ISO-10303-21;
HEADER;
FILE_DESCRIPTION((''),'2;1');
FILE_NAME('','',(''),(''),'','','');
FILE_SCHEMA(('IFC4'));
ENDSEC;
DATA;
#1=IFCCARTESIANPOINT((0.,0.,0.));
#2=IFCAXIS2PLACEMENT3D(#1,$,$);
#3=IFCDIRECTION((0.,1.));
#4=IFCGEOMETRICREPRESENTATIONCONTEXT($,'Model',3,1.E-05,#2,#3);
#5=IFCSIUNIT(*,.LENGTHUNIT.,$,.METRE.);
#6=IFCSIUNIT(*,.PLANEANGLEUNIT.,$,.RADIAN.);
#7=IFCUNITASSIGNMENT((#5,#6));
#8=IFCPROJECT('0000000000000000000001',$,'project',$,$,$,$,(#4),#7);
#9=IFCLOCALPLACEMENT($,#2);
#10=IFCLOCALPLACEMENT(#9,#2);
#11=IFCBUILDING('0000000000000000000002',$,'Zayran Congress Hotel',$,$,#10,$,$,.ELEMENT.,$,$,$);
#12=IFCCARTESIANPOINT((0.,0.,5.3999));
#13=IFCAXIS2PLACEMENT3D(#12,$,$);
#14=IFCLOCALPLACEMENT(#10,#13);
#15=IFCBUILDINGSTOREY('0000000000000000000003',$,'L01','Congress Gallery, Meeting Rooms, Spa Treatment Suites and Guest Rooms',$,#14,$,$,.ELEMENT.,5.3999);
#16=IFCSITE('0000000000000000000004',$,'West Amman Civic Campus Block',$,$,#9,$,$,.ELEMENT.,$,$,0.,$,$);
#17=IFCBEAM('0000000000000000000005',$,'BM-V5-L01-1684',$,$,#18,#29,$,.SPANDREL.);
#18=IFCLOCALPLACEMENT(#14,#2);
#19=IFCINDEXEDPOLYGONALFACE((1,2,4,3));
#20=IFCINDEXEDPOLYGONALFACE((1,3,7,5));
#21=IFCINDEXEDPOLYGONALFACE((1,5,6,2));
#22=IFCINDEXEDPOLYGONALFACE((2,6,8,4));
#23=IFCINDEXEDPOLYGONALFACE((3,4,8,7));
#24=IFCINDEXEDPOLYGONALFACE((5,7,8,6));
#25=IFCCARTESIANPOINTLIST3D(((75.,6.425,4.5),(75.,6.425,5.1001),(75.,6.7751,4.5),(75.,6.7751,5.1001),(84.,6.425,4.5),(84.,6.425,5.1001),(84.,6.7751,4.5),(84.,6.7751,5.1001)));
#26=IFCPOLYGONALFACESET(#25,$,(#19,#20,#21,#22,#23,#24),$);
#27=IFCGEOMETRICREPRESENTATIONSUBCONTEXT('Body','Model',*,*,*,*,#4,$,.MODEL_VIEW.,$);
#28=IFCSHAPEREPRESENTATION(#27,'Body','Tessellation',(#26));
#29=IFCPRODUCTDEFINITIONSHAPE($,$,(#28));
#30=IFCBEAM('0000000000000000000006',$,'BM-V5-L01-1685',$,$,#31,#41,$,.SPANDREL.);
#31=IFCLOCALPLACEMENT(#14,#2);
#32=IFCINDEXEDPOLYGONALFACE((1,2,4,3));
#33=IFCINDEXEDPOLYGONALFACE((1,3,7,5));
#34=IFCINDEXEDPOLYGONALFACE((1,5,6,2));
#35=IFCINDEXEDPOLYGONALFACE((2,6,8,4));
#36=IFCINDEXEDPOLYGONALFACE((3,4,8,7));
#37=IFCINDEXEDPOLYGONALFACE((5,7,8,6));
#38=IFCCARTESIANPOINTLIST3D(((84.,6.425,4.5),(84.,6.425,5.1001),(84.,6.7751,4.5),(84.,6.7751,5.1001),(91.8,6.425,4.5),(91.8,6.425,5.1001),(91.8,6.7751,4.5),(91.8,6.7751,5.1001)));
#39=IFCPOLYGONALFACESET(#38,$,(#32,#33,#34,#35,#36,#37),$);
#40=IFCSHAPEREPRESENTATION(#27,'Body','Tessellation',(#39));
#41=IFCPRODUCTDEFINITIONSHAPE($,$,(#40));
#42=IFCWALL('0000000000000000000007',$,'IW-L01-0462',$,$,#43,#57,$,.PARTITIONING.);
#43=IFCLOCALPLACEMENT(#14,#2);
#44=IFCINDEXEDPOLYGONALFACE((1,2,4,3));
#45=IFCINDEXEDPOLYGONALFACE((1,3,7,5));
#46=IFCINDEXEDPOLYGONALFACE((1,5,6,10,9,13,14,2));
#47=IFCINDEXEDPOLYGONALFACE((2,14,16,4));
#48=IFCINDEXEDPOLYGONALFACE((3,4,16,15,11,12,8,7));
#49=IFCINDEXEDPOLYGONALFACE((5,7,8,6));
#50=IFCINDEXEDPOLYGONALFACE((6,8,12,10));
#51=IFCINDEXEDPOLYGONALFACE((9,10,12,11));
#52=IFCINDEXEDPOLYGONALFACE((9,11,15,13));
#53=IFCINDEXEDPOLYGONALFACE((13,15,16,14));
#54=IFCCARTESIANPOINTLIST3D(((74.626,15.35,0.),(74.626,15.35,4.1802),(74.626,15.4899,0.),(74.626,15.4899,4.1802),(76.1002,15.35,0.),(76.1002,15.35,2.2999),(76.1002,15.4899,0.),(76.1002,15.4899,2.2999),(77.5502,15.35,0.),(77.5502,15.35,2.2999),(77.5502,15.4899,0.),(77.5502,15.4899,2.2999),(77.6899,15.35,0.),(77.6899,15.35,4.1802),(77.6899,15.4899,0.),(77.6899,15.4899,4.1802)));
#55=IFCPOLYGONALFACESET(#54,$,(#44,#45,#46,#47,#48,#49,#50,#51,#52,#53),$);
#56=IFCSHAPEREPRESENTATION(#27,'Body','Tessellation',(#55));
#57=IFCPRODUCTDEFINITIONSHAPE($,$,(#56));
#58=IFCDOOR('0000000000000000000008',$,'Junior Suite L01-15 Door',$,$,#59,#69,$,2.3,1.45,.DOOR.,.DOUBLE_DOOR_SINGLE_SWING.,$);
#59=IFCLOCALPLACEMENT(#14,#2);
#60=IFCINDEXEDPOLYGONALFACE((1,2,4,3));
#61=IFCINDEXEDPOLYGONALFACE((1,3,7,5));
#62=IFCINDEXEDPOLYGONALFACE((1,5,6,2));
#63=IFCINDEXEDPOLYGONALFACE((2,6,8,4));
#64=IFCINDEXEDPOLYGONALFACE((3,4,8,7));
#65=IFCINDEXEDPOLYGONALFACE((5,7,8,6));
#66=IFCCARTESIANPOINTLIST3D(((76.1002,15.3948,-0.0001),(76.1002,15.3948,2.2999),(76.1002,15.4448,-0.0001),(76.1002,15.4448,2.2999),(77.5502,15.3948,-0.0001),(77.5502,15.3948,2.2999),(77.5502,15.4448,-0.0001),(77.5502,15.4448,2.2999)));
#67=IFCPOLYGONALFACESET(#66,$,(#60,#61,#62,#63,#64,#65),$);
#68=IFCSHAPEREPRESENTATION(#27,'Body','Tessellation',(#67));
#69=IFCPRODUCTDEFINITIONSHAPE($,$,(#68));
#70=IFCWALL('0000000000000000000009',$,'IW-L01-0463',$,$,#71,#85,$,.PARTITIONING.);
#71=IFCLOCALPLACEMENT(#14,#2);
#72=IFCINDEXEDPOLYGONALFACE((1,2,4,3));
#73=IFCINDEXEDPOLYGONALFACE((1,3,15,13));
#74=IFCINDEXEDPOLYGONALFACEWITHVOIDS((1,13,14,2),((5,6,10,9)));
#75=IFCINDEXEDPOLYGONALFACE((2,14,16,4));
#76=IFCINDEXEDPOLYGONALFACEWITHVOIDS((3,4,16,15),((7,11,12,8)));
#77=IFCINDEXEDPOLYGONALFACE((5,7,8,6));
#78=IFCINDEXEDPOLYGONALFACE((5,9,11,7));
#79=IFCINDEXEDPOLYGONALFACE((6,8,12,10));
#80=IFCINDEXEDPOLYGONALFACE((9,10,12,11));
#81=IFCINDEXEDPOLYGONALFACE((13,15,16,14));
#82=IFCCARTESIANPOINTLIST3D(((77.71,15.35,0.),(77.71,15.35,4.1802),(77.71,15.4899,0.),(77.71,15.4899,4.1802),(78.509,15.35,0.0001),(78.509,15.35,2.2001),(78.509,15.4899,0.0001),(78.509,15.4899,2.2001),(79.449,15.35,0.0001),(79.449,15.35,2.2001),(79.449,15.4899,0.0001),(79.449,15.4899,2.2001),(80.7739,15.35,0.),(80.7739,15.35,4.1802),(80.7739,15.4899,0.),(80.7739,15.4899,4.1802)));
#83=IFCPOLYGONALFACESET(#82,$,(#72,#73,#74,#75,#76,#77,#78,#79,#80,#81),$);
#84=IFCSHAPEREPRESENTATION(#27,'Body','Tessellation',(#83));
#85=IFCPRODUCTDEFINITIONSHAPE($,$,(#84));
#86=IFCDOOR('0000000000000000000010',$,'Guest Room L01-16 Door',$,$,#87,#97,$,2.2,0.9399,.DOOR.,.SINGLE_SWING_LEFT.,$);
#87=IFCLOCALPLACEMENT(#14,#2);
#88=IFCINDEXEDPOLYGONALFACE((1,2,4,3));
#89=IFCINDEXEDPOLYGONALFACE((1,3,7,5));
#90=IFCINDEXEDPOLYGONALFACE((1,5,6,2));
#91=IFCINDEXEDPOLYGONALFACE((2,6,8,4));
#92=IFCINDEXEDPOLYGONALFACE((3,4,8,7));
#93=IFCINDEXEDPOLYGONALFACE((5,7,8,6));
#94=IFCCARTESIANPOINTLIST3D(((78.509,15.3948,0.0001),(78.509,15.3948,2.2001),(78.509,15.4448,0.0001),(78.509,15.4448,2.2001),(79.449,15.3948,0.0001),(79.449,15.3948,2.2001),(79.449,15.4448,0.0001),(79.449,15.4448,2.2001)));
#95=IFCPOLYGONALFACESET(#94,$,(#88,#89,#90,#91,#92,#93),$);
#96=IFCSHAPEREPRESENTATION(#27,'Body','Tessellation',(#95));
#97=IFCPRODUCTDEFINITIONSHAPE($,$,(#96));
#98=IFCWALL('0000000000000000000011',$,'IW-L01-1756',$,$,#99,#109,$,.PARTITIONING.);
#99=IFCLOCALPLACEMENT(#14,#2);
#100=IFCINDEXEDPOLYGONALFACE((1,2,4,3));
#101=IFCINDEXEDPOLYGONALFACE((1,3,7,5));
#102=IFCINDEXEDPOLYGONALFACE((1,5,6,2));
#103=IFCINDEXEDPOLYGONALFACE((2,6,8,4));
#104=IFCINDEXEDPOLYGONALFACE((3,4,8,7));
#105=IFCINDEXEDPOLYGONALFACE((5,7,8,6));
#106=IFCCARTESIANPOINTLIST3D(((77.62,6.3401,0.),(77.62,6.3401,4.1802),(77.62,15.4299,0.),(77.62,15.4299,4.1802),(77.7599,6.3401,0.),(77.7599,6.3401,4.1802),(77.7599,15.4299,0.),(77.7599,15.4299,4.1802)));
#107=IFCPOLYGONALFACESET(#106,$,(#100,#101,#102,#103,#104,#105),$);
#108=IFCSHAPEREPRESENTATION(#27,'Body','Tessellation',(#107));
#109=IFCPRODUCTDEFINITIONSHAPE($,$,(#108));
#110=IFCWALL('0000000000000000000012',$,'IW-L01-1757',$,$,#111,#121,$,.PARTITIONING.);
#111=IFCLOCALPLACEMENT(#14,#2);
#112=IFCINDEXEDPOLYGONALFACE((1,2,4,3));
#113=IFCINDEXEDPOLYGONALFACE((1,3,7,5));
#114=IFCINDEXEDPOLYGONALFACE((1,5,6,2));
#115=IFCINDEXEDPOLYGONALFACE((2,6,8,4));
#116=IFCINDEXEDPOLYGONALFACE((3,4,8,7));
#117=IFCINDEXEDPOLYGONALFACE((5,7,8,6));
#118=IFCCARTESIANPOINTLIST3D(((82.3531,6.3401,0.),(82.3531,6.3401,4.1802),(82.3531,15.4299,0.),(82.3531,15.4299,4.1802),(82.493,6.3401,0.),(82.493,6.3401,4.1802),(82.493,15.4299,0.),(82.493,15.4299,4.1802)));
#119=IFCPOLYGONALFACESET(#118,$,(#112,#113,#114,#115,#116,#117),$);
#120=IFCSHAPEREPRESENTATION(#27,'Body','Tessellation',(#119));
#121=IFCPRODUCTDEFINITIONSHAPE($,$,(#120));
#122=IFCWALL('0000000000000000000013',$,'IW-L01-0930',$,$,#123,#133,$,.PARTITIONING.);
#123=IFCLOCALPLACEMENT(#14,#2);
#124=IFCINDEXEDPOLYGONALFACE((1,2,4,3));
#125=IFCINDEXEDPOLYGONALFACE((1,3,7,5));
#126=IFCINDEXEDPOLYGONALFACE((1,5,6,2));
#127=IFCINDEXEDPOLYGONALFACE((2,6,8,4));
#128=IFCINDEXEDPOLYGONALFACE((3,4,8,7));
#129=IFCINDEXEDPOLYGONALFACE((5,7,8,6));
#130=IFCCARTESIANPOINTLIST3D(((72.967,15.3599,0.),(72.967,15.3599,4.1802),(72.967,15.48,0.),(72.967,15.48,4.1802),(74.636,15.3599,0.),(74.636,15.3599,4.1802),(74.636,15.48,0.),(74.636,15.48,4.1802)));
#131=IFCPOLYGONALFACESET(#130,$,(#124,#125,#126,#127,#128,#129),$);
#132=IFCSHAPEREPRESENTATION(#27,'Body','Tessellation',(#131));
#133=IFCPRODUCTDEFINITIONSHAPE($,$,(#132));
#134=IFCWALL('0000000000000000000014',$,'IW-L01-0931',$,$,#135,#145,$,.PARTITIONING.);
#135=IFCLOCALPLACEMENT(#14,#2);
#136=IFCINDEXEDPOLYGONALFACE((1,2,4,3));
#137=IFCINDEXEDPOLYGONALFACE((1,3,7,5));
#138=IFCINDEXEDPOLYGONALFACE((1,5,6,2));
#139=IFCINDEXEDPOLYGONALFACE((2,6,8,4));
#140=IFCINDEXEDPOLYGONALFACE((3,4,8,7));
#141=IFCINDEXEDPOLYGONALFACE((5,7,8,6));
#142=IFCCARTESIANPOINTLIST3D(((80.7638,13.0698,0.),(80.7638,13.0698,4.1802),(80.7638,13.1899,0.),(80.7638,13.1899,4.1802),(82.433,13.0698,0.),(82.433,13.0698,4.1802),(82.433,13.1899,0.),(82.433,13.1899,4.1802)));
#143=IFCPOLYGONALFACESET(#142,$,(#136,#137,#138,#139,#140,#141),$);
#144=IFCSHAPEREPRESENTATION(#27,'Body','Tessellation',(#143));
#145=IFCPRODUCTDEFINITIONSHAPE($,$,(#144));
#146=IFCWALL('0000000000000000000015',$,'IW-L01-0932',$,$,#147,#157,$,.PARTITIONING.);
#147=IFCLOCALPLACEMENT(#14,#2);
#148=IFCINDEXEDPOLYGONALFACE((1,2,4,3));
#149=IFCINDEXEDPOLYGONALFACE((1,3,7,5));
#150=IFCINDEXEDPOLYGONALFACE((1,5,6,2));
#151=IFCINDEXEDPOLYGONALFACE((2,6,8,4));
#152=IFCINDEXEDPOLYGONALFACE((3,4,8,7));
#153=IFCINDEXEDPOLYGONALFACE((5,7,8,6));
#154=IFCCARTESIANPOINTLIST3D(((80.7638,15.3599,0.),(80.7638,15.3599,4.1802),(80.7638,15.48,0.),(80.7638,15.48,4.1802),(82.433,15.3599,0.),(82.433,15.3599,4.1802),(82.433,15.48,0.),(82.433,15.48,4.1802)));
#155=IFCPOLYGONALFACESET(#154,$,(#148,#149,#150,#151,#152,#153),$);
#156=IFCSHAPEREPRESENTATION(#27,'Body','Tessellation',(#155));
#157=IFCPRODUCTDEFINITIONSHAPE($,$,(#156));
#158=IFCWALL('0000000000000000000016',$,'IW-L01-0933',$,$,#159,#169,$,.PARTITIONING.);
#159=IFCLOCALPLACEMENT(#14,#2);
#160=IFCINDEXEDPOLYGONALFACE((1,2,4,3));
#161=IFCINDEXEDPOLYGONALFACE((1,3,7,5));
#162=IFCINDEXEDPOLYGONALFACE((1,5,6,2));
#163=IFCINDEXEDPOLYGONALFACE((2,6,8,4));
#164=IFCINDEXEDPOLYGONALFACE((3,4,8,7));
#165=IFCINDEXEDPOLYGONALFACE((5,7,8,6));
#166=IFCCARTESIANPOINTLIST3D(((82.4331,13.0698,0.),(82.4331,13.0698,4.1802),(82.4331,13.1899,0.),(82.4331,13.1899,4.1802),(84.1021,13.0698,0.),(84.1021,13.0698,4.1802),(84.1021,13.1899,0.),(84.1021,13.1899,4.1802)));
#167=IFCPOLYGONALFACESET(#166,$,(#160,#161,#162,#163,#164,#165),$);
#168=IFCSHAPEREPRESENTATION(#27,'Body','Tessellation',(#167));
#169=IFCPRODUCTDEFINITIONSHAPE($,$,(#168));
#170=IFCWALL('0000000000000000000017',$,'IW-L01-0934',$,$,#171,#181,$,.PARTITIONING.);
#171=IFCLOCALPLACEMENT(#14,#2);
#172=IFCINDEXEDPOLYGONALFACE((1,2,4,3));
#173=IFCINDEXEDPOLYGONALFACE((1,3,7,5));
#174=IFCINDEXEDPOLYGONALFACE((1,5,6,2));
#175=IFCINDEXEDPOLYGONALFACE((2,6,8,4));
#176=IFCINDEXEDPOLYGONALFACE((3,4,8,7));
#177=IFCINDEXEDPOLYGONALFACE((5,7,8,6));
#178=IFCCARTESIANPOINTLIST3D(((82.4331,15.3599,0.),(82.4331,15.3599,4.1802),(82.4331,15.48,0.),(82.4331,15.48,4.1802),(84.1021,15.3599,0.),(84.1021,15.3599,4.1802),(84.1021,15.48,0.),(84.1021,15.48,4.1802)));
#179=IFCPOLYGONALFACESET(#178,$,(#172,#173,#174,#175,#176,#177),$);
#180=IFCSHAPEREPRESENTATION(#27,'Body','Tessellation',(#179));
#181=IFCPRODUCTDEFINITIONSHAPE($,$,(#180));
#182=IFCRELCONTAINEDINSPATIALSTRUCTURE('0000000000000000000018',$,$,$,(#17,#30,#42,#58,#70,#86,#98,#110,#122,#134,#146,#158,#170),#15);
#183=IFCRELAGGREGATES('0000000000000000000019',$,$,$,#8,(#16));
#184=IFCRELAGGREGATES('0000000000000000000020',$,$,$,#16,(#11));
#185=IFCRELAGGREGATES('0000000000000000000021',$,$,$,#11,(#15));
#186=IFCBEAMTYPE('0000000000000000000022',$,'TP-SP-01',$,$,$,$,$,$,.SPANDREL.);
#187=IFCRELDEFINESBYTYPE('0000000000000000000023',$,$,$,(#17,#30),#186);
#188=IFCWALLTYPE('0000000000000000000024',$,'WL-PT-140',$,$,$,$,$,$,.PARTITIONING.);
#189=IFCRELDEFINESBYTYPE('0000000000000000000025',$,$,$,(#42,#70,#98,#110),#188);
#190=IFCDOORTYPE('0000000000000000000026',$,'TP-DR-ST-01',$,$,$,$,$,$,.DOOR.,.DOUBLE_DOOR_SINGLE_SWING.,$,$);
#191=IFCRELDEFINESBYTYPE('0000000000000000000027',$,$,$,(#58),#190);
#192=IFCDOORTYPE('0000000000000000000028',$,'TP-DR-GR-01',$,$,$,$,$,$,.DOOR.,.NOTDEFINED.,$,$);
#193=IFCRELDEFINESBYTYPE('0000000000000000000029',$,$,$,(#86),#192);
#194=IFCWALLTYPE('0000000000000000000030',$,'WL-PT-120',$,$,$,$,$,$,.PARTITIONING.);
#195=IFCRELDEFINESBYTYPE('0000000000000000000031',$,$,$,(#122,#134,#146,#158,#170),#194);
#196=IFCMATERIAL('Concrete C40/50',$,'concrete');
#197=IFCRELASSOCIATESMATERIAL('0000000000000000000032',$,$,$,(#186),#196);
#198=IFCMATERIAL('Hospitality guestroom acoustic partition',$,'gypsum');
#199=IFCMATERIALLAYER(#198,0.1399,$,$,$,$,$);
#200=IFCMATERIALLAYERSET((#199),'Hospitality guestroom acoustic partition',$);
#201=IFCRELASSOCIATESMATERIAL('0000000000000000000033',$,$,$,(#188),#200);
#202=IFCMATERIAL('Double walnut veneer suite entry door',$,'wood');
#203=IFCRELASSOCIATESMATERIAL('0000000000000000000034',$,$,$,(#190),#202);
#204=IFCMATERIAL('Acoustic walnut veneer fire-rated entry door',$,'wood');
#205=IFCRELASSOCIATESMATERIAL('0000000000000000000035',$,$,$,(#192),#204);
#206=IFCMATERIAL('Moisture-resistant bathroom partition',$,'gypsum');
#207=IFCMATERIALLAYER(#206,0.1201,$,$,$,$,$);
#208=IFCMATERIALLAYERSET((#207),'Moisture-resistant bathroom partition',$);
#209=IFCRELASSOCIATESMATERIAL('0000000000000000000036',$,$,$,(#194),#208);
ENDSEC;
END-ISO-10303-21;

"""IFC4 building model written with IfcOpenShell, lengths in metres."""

from ifc_helpers import new_model, si_unit, direction, frame, frame_2d, origin, origin_2d, place, context, subcontext, project, spatial, rectangle, extrude, material, layer, layer_set, material_profile, profile_set, type_object, element, fill, save


model = new_model("IFC4")

# Units and contexts
model_context = context("Model", 3, precision=1e-05, world=origin(), true_north=direction((0.0, 1.0)))
body_context = subcontext(model_context, "Body", "Model", "MODEL_VIEW")
ifc_project = project(units=[si_unit("LENGTHUNIT", "METRE"), si_unit("PLANEANGLEUNIT", "RADIAN")], contexts=[model_context])

# Site, building, storey
site_placement = place(None, origin())
site = spatial("IfcSite", under=ifc_project, at=site_placement, Name="West Amman Civic Campus Block", CompositionType="ELEMENT", RefElevation=0.0)
building_placement = place(site_placement, origin())
building = spatial("IfcBuilding", under=site, at=building_placement, Name="Zayran Congress Hotel", CompositionType="ELEMENT")
storey_placement = place(building_placement, frame((0.0, 0.0, 5.3999)))
storey = spatial("IfcBuildingStorey", under=building, at=storey_placement, Name="L01", Description="Congress Gallery, Meeting Rooms, Spa Treatment Suites and Guest Rooms", CompositionType="ELEMENT", Elevation=5.3999)

# Shared definitions
ifc_material_1 = material(Name="Concrete C40/50", Category="concrete")

# Beams
ifc_material_profile_1 = material_profile(ifc_material_1, rectangle(XDim=0.3501, YDim=0.6001, at=origin_2d()), Name="RC 350x600")
ifc_profile_set_1 = profile_set([ifc_material_profile_1], Name="Concrete C40/50")
beam_type_1 = type_object("IfcBeamType", Name="TP-SP-01", PredefinedType="SPANDREL", material=ifc_profile_set_1)
beam_1_placement = place(storey_placement, frame((75.0, 6.6001, 4.8), z_axis=(1.0, 0.0, 0.0), x_axis=(0.0, 1.0, 0.0)))
element("IfcBeam", 1, at=beam_1_placement, inside=storey, type_object=beam_type_1, Name="BM-V5-L01-1684", PredefinedType="SPANDREL", context=body_context, shape_type="SweptSolid", body=[
    extrude(rectangle(XDim=0.3501, YDim=0.6001, at=origin_2d()), origin(), (0.0, 0.0, 1.0), 9.0),
])
beam_2_placement = place(storey_placement, frame((84.0, 6.6001, 4.8), z_axis=(1.0, 0.0, 0.0), x_axis=(0.0, 1.0, 0.0)))
element("IfcBeam", 2, at=beam_2_placement, inside=storey, type_object=beam_type_1, Name="BM-V5-L01-1685", PredefinedType="SPANDREL", context=body_context, shape_type="SweptSolid", body=[
    extrude(rectangle(XDim=0.3501, YDim=0.6001, at=origin_2d()), origin(), (0.0, 0.0, 1.0), 7.8),
])

# Walls, openings, doors
ifc_material_2 = material(Name="Hospitality guestroom acoustic partition", Category="gypsum")
ifc_layer_1 = layer(ifc_material_2, 0.1399)
ifc_layer_set_1 = layer_set([ifc_layer_1], Name="Hospitality guestroom acoustic partition")
wall_type_1 = type_object("IfcWallType", Name="WL-PT-140", PredefinedType="PARTITIONING", material=ifc_layer_set_1)
wall_1_placement = place(storey_placement, frame((74.626, 15.4199, 0.0), z_axis=(0.0, 0.0, 1.0), x_axis=(1.0, 0.0, 0.0)))
wall_1 = element("IfcWall", 3, at=wall_1_placement, inside=storey, type_object=wall_type_1, Name="IW-L01-0462", PredefinedType="PARTITIONING", context=body_context, shape_type="SweptSolid", body=[
    extrude(rectangle(XDim=3.064, YDim=0.1399, at=frame_2d((1.532, 0.0))), origin(), (0.0, 0.0, 1.0), 4.1802),
])
opening_1_placement = place(wall_1_placement, frame((1.4741, 0.0, 0.0)))
opening_1 = element("IfcOpeningElement", 4, at=opening_1_placement, cuts=wall_1, PredefinedType="OPENING", context=body_context, shape_type="SweptSolid", body=[
    extrude(rectangle(XDim=1.45, YDim=2.3, at=frame_2d((0.7251, 1.1499))), frame((0.0, 0.0798, 0.0), z_axis=(0.0, -1.0, 0.0), x_axis=(1.0, 0.0, 0.0)), (0.0, 0.0, 1.0), 0.1599),
])
ifc_material_3 = material(Name="Double walnut veneer suite entry door", Category="wood")
door_type_1 = type_object("IfcDoorType", Name="TP-DR-ST-01", OperationType="DOUBLE_DOOR_SINGLE_SWING", PredefinedType="DOOR", material=ifc_material_3)
door_1_placement = place(opening_1_placement, origin())
door_1 = element("IfcDoor", 5, at=door_1_placement, inside=storey, type_object=door_type_1, Name="Junior Suite L01-15 Door", OperationType="DOUBLE_DOOR_SINGLE_SWING", OverallHeight=2.3, OverallWidth=1.45, PredefinedType="DOOR", context=body_context, shape_type="SweptSolid", body=[
    extrude(rectangle(XDim=1.45, YDim=2.3, at=frame_2d((0.7251, 1.1499))), frame((0.0, 0.0249, 0.0), z_axis=(0.0, -1.0, 0.0), x_axis=(1.0, 0.0, 0.0)), (0.0, 0.0, 1.0), 0.05),
])
fill(opening_1, door_1)
wall_2_placement = place(storey_placement, frame((77.71, 15.4199, 0.0), z_axis=(0.0, 0.0, 1.0), x_axis=(1.0, 0.0, 0.0)))
wall_2 = element("IfcWall", 6, at=wall_2_placement, inside=storey, type_object=wall_type_1, Name="IW-L01-0463", PredefinedType="PARTITIONING", context=body_context, shape_type="SweptSolid", body=[
    extrude(rectangle(XDim=3.064, YDim=0.1399, at=frame_2d((1.532, 0.0))), origin(), (0.0, 0.0, 1.0), 4.1802),
])
opening_2_placement = place(wall_2_placement, frame((0.7991, 0.0, 0.0)))
opening_2 = element("IfcOpeningElement", 7, at=opening_2_placement, cuts=wall_2, PredefinedType="OPENING", context=body_context, shape_type="SweptSolid", body=[
    extrude(rectangle(XDim=0.9399, YDim=2.2, at=frame_2d((0.47, 1.1001))), frame((0.0, 0.0798, 0.0), z_axis=(0.0, -1.0, 0.0), x_axis=(1.0, 0.0, 0.0)), (0.0, 0.0, 1.0), 0.1599),
])
ifc_material_4 = material(Name="Acoustic walnut veneer fire-rated entry door", Category="wood")
door_type_2 = type_object("IfcDoorType", Name="TP-DR-GR-01", OperationType="NOTDEFINED", PredefinedType="DOOR", material=ifc_material_4)
door_2_placement = place(opening_2_placement, origin())
door_2 = element("IfcDoor", 8, at=door_2_placement, inside=storey, type_object=door_type_2, Name="Guest Room L01-16 Door", OperationType="SINGLE_SWING_LEFT", OverallHeight=2.2, OverallWidth=0.9399, PredefinedType="DOOR", context=body_context, shape_type="SweptSolid", body=[
    extrude(rectangle(XDim=0.9399, YDim=2.2, at=frame_2d((0.47, 1.1001))), frame((0.0, 0.0249, 0.0), z_axis=(0.0, -1.0, 0.0), x_axis=(1.0, 0.0, 0.0)), (0.0, 0.0, 1.0), 0.05),
])
fill(opening_2, door_2)

# Walls
for number, where, z_axis, x_axis, name in (
    (9, (77.6899, 6.3401, 0.0), (0.0, 0.0, 1.0), (0.0, 1.0, 0.0), "IW-L01-1756"),
    (10, (82.4231, 6.3401, 0.0), (0.0, 0.0, 1.0), (0.0, 1.0, 0.0), "IW-L01-1757"),
):
    element("IfcWall", number, at=place(storey_placement, frame(where, z_axis=z_axis, x_axis=x_axis)), inside=storey, type_object=wall_type_1, Name=name, PredefinedType="PARTITIONING", context=body_context, shape_type="SweptSolid", body=[
        extrude(rectangle(XDim=9.0898, YDim=0.1399, at=frame_2d((4.5449, 0.0))), origin(), (0.0, 0.0, 1.0), 4.1802),
    ])

# Shared definitions
ifc_material_5 = material(Name="Moisture-resistant bathroom partition", Category="gypsum")
ifc_layer_2 = layer(ifc_material_5, 0.1201)
ifc_layer_set_2 = layer_set([ifc_layer_2], Name="Moisture-resistant bathroom partition")
wall_type_2 = type_object("IfcWallType", Name="WL-PT-120", PredefinedType="PARTITIONING", material=ifc_layer_set_2)

# Walls
wall_3_placement = place(storey_placement, frame((72.967, 15.4199, 0.0), z_axis=(0.0, 0.0, 1.0), x_axis=(1.0, 0.0, 0.0)))
element("IfcWall", 11, at=wall_3_placement, inside=storey, type_object=wall_type_2, Name="IW-L01-0930", PredefinedType="PARTITIONING", context=body_context, shape_type="SweptSolid", body=[
    extrude(rectangle(XDim=1.6689, YDim=0.1201, at=frame_2d((0.8345, 0.0))), origin(), (0.0, 0.0, 1.0), 4.1802),
])
for number, where, z_axis, x_axis, name in (
    (12, (80.7639, 13.1299, 0.0), (0.0, 0.0, 1.0), (1.0, 0.0, 0.0), "IW-L01-0931"),
    (13, (80.7639, 15.4199, 0.0), (0.0, 0.0, 1.0), (1.0, 0.0, 0.0), "IW-L01-0932"),
):
    element("IfcWall", number, at=place(storey_placement, frame(where, z_axis=z_axis, x_axis=x_axis)), inside=storey, type_object=wall_type_2, Name=name, PredefinedType="PARTITIONING", context=body_context, shape_type="SweptSolid", body=[
        extrude(rectangle(XDim=1.6692, YDim=0.1201, at=frame_2d((0.8345, 0.0))), origin(), (0.0, 0.0, 1.0), 4.1802),
    ])
for number, where, z_axis, x_axis, name in (
    (14, (82.4331, 13.1299, 0.0), (0.0, 0.0, 1.0), (1.0, 0.0, 0.0), "IW-L01-0933"),
    (15, (82.4331, 15.4199, 0.0), (0.0, 0.0, 1.0), (1.0, 0.0, 0.0), "IW-L01-0934"),
):
    element("IfcWall", number, at=place(storey_placement, frame(where, z_axis=z_axis, x_axis=x_axis)), inside=storey, type_object=wall_type_2, Name=name, PredefinedType="PARTITIONING", context=body_context, shape_type="SweptSolid", body=[
        extrude(rectangle(XDim=1.6689, YDim=0.1201, at=frame_2d((0.8345, 0.0))), origin(), (0.0, 0.0, 1.0), 4.1802),
    ])

save(model, "model.ifc")
